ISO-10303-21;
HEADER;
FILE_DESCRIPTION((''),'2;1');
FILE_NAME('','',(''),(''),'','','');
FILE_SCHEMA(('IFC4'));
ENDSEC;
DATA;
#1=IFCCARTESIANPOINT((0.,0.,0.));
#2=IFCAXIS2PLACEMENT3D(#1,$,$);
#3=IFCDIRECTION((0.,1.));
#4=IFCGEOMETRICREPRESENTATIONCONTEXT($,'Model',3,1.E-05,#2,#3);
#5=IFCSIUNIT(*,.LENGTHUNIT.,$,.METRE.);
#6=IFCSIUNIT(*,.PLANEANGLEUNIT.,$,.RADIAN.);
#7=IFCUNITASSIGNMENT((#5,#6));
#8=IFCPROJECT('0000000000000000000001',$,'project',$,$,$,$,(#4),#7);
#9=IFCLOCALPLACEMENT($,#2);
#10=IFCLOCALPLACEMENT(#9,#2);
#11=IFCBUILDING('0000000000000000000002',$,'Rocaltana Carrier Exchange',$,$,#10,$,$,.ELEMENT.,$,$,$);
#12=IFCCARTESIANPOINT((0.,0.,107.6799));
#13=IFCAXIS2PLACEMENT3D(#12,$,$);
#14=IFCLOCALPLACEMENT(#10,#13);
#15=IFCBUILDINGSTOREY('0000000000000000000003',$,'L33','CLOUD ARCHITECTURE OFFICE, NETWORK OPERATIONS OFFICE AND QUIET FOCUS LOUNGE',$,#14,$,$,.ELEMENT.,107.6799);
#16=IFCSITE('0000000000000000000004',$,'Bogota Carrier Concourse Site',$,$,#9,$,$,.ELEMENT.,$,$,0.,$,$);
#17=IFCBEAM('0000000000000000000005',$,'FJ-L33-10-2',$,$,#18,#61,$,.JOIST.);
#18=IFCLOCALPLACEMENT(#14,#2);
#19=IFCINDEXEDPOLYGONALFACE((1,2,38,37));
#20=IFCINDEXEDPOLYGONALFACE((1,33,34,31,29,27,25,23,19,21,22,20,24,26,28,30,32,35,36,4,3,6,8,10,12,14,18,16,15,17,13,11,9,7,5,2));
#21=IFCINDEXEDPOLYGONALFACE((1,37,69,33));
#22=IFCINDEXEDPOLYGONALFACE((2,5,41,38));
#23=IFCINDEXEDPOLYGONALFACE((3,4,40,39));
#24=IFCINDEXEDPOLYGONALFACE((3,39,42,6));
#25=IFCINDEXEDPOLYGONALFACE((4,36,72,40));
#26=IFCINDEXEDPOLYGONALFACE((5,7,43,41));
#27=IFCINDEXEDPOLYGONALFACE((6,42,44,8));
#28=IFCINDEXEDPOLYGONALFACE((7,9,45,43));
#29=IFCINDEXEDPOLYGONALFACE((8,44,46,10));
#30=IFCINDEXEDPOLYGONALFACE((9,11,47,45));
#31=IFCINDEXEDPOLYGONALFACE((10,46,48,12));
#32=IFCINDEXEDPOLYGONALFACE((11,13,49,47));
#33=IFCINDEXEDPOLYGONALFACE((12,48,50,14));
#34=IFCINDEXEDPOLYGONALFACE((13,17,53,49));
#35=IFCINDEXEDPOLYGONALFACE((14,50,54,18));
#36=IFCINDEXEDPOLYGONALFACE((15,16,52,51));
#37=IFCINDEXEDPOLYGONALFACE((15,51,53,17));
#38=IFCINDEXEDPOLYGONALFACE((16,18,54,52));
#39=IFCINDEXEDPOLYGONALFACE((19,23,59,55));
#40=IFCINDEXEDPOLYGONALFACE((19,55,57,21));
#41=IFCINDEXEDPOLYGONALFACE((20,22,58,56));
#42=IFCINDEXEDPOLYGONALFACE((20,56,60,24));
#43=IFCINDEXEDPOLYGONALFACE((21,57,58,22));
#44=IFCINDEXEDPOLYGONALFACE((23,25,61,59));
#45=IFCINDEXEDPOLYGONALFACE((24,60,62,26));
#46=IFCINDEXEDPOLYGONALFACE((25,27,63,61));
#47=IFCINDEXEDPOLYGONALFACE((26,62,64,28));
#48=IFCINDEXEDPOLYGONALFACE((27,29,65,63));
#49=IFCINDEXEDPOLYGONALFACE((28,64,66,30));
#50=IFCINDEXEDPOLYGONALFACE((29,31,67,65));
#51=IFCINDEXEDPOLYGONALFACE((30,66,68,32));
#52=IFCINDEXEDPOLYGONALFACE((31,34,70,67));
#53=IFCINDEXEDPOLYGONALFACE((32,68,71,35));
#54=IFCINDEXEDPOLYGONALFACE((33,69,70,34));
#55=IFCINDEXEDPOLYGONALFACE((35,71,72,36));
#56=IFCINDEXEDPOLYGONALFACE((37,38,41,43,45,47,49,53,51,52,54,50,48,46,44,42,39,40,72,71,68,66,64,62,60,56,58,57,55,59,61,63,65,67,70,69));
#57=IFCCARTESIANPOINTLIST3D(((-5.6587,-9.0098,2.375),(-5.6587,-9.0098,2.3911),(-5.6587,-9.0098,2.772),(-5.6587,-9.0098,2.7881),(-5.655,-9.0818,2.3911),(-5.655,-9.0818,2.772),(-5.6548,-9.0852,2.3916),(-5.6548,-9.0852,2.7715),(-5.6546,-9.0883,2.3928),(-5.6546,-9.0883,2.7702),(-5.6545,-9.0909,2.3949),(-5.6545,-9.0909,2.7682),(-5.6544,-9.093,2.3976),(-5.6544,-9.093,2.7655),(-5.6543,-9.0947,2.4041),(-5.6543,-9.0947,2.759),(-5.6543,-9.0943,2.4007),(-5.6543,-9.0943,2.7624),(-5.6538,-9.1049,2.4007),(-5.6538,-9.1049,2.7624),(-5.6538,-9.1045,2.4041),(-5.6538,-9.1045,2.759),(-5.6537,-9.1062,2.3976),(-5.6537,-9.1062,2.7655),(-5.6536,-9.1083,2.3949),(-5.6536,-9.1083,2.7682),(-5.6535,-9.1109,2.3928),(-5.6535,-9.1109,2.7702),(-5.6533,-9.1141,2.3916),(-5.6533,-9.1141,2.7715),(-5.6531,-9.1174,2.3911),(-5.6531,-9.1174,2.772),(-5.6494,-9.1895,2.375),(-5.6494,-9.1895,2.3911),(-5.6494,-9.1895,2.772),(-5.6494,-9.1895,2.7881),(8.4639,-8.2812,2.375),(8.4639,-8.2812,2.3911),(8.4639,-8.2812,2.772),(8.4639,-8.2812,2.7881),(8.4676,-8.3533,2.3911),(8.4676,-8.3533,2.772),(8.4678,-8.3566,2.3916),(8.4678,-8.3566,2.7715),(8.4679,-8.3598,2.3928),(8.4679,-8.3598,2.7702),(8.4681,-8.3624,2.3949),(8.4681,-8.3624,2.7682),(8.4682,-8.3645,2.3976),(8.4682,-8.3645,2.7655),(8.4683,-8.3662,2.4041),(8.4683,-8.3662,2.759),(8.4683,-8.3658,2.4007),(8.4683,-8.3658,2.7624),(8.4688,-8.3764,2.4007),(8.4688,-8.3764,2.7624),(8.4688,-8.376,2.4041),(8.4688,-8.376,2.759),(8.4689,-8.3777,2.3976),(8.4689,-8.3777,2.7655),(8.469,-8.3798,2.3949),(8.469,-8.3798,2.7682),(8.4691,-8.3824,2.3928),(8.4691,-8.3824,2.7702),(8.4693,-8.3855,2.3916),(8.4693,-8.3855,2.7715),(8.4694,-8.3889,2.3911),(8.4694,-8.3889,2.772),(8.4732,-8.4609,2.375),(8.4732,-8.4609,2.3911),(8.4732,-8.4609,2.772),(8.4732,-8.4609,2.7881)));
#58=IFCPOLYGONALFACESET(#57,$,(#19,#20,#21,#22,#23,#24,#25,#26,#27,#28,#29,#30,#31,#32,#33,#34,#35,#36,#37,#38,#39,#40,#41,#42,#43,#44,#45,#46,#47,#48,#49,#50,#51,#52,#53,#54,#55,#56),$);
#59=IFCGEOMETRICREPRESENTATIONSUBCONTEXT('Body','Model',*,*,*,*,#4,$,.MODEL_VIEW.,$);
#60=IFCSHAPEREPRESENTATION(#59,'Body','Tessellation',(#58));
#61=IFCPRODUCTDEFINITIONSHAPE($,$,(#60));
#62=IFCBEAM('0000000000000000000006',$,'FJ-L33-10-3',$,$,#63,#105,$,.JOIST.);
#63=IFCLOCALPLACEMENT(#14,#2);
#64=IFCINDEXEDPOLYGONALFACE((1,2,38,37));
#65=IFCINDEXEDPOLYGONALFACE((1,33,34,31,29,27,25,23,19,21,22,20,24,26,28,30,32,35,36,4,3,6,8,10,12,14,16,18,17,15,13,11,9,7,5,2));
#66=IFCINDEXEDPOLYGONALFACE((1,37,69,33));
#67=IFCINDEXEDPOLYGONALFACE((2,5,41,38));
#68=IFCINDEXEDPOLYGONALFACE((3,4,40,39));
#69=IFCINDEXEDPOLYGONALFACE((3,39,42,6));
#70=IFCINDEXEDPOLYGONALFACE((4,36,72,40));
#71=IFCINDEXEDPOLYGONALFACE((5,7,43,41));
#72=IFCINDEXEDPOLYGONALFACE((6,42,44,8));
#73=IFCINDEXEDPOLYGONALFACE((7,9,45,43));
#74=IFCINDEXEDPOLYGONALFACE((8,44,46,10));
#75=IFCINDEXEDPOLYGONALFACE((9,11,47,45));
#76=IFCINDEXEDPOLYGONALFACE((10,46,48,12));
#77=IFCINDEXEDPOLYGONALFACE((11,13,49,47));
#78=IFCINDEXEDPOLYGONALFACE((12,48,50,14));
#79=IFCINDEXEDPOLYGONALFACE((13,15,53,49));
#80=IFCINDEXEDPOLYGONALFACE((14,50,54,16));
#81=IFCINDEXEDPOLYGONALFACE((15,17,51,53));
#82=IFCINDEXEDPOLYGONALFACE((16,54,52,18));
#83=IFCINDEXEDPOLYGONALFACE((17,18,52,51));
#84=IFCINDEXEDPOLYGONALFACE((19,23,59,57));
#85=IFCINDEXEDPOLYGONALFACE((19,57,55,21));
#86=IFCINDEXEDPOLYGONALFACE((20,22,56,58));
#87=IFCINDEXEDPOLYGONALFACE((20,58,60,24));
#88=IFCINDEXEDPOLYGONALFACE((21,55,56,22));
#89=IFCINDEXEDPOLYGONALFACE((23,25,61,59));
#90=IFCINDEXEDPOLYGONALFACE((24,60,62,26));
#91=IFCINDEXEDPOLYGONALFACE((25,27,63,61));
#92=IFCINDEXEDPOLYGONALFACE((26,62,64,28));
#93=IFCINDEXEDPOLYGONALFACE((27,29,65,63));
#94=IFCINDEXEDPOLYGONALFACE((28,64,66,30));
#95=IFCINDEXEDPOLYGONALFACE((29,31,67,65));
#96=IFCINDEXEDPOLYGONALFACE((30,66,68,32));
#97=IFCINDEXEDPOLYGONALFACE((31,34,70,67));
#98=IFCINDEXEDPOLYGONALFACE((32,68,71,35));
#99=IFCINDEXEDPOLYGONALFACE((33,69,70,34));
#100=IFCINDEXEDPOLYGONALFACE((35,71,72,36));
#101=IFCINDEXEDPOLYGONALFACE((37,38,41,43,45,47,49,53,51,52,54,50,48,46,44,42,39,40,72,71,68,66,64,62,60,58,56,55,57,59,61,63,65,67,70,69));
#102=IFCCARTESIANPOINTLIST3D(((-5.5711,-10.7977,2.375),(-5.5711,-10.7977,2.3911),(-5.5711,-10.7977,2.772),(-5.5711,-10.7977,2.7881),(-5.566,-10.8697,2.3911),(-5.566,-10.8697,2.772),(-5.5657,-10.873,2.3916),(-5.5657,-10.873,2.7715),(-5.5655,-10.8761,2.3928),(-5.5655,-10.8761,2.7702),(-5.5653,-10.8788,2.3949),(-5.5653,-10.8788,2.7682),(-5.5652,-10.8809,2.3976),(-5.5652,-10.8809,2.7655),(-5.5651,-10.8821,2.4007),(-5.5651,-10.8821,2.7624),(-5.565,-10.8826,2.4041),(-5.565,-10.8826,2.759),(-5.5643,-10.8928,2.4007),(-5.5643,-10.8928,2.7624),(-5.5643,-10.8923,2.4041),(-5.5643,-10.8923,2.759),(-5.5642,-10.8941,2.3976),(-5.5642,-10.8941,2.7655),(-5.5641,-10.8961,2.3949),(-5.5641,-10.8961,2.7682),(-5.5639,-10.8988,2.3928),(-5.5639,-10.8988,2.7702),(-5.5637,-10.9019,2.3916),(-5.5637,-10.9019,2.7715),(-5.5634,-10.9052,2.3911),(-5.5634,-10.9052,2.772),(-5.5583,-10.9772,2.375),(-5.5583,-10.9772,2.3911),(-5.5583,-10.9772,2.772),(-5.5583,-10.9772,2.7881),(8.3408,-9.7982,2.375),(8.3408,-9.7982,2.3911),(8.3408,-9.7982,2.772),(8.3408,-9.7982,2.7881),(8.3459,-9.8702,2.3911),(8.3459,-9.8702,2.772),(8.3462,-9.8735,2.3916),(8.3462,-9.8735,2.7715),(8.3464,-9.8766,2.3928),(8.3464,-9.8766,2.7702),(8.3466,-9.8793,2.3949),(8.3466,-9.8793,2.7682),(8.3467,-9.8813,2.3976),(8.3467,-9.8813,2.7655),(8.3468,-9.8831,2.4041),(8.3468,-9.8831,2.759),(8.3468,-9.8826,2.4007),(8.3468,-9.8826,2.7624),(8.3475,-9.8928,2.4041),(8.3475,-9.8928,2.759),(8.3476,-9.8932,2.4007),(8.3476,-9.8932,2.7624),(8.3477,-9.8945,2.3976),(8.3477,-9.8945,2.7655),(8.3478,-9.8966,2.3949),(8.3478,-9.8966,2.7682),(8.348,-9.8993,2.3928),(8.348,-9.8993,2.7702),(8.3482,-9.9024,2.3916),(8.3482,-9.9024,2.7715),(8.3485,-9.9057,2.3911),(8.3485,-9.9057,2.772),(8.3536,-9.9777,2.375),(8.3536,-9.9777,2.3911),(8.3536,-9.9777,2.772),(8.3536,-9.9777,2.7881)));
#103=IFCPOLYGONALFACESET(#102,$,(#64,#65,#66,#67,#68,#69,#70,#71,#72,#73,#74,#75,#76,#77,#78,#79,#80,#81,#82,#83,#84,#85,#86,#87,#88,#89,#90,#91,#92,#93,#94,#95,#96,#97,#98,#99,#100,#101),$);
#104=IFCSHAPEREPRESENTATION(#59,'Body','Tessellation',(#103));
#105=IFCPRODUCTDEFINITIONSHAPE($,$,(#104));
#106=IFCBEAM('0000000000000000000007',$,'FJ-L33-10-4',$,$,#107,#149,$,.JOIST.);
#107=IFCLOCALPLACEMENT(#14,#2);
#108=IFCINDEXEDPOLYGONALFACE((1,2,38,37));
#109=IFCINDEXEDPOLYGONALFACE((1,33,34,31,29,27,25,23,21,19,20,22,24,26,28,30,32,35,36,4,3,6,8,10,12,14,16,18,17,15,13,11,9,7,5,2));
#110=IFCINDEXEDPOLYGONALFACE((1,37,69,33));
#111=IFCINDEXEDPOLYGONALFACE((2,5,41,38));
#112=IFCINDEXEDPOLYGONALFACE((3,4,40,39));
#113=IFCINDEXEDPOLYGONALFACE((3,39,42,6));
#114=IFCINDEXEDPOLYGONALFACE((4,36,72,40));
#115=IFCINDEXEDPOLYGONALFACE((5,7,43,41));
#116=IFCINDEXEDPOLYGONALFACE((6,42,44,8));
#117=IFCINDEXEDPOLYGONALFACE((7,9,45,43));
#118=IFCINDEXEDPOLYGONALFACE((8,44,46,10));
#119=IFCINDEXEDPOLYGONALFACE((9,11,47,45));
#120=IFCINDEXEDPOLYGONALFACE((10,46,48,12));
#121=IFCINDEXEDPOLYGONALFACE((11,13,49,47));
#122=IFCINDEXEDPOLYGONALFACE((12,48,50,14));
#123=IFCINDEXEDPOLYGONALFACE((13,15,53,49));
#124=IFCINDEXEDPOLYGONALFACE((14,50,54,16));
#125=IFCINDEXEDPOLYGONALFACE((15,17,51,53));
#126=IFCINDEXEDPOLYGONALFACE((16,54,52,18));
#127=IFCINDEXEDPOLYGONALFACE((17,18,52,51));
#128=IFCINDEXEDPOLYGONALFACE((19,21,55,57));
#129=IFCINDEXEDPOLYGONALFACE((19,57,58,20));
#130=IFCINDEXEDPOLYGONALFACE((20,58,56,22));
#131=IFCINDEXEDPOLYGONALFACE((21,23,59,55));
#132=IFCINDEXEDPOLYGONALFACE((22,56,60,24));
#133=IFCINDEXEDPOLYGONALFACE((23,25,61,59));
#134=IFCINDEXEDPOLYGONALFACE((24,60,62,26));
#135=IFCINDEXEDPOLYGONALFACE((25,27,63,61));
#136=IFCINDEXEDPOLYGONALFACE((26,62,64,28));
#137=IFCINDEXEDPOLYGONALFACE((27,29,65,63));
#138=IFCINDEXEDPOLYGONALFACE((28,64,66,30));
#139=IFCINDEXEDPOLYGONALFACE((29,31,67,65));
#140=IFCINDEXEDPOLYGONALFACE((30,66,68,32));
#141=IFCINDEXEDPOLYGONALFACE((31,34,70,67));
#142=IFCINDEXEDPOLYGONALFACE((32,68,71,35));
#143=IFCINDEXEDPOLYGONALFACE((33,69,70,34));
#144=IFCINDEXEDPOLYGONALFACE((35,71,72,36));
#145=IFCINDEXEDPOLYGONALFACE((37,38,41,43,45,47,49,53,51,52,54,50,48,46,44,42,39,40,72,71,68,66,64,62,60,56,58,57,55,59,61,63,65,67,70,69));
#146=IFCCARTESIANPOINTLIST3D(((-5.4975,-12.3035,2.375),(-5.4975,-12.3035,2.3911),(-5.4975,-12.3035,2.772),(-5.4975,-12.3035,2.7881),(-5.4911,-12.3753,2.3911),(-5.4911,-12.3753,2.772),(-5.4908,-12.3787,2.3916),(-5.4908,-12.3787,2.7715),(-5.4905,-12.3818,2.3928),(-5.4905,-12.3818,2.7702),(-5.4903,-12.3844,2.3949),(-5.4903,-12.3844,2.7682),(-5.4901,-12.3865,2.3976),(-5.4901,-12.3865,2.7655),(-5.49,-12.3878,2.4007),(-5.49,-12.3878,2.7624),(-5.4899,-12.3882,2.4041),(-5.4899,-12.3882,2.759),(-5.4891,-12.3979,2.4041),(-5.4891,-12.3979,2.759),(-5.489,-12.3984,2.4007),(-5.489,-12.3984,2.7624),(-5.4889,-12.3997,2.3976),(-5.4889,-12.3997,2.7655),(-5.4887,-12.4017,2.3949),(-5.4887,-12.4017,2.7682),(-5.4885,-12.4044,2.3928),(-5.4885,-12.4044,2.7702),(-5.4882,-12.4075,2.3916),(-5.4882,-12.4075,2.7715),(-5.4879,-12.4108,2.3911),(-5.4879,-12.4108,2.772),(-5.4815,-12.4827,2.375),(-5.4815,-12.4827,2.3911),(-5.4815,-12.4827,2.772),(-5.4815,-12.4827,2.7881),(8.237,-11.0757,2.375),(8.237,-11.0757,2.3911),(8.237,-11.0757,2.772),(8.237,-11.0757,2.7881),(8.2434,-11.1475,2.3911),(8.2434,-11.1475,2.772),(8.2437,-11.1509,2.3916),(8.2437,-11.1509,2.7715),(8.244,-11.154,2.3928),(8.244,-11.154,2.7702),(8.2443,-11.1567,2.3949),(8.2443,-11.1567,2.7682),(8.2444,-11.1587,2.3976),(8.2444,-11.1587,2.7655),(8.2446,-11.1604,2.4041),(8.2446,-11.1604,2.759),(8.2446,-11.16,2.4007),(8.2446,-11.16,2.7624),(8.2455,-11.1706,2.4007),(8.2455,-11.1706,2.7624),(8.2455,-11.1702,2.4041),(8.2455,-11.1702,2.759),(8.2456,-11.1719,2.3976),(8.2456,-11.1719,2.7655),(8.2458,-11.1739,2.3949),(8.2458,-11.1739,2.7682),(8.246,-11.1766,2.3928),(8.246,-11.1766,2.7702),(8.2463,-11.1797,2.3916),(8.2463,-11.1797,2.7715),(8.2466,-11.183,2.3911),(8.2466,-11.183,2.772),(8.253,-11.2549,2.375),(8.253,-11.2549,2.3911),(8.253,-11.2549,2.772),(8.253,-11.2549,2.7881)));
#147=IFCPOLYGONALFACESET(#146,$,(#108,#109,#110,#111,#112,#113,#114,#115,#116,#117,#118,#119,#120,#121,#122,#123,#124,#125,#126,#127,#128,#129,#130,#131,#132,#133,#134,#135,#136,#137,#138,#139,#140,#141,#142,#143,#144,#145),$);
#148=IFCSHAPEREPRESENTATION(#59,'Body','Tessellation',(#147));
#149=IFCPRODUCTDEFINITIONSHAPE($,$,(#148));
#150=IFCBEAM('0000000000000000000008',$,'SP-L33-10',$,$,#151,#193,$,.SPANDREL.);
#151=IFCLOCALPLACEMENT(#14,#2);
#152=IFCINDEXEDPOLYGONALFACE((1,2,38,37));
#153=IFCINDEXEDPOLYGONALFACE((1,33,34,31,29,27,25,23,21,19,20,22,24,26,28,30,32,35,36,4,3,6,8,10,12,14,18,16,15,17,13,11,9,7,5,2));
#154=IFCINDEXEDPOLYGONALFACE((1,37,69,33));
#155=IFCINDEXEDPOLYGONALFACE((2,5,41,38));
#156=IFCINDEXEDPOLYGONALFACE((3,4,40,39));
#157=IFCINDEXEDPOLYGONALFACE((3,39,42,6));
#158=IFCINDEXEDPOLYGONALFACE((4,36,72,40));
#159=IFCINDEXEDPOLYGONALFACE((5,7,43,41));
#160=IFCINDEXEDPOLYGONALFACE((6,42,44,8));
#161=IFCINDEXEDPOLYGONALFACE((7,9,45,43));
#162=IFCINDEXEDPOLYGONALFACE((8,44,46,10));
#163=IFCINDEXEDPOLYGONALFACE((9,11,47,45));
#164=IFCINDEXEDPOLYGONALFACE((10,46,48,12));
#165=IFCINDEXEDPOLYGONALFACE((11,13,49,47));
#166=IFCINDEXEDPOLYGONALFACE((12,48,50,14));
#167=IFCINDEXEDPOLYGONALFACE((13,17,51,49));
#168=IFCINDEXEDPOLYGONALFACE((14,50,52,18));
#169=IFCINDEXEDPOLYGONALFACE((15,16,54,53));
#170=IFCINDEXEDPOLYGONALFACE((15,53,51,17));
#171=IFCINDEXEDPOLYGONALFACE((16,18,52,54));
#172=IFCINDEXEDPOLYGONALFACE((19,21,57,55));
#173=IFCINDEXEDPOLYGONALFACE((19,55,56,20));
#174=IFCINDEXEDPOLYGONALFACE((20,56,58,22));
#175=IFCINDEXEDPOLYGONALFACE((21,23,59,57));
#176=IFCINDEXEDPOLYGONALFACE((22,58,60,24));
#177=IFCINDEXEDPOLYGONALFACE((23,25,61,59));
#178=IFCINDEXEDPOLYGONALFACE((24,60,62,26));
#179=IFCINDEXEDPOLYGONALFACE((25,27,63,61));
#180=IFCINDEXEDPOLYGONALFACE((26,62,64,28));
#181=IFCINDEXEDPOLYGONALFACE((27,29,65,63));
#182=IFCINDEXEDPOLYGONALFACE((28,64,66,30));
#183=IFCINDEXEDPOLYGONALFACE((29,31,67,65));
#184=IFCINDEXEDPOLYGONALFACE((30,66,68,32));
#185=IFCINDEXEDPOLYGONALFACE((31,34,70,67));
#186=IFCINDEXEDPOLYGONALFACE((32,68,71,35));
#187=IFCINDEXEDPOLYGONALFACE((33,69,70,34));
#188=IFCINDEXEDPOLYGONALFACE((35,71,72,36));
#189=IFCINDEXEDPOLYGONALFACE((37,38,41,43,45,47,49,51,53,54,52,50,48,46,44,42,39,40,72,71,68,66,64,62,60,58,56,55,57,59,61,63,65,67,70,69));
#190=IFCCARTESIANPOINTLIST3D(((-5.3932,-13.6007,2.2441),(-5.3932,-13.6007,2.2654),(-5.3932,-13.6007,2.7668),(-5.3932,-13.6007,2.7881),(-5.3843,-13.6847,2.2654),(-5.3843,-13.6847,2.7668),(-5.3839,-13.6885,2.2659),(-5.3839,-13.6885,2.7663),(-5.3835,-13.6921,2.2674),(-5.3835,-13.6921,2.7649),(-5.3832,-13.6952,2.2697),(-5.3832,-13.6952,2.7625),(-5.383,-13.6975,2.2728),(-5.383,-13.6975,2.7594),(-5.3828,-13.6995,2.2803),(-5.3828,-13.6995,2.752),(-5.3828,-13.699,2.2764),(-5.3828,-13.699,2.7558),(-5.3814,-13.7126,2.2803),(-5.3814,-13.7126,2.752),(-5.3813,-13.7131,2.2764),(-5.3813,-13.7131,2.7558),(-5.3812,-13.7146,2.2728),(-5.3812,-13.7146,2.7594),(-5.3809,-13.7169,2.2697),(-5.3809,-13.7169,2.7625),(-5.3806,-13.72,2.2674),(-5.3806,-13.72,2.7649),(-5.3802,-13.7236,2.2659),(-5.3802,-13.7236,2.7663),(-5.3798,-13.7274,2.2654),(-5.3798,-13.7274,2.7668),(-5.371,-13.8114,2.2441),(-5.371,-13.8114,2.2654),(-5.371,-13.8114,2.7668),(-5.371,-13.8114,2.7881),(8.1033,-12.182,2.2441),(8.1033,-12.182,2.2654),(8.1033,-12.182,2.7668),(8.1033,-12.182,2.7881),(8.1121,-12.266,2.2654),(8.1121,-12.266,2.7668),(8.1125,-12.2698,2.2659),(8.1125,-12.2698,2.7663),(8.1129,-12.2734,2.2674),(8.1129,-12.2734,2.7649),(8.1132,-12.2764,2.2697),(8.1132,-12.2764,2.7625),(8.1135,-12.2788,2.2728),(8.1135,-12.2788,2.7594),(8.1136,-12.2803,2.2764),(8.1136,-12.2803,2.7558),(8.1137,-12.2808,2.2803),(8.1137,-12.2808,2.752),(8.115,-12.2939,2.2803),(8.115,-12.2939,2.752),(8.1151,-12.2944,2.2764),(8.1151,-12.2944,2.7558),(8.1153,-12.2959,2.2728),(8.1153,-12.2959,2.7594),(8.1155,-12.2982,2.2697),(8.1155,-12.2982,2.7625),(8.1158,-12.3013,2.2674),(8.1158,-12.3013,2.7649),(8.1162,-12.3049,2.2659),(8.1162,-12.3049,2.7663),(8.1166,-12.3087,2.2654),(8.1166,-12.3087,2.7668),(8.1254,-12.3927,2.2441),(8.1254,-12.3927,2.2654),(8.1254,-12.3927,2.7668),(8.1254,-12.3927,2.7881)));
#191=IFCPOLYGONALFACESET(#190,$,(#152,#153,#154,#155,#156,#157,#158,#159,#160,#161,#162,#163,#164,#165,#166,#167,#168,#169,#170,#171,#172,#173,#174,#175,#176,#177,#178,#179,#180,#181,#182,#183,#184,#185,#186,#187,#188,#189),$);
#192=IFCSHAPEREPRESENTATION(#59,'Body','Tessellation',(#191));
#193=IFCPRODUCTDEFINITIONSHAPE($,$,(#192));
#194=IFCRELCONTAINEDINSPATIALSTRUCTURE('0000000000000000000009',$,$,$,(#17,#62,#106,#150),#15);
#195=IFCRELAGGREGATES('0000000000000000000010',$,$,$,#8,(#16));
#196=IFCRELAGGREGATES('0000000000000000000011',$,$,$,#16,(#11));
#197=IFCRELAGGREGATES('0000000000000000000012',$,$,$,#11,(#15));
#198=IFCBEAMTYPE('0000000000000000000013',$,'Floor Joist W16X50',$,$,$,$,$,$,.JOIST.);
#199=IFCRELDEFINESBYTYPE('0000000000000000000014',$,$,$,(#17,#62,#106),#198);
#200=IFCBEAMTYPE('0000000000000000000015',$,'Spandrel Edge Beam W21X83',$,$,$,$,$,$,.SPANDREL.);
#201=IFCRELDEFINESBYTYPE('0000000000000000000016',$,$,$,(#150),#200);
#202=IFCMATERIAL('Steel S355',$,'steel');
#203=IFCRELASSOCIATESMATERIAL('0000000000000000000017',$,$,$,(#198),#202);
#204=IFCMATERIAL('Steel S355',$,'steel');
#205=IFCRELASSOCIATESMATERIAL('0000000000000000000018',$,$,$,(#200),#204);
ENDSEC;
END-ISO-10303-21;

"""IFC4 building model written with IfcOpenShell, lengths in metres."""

from ifc_helpers import new_model, si_unit, direction, frame, origin, origin_2d, place, context, subcontext, project, spatial, i_section, extrude, material, material_profile, profile_set, type_object, element, save


model = new_model("IFC4")

# Units and contexts
model_context = context("Model", 3, precision=1e-05, world=origin(), true_north=direction((0.0, 1.0)))
body_context = subcontext(model_context, "Body", "Model", "MODEL_VIEW")
ifc_project = project(units=[si_unit("LENGTHUNIT", "METRE"), si_unit("PLANEANGLEUNIT", "RADIAN")], contexts=[model_context])

# Site, building, storey
site_placement = place(None, origin())
site = spatial("IfcSite", under=ifc_project, at=site_placement, Name="Bogota Carrier Concourse Site", CompositionType="ELEMENT", RefElevation=0.0)
building_placement = place(site_placement, origin())
building = spatial("IfcBuilding", under=site, at=building_placement, Name="Rocaltana Carrier Exchange", CompositionType="ELEMENT")
storey_placement = place(building_placement, frame((0.0, 0.0, 107.6799)))
storey = spatial("IfcBuildingStorey", under=building, at=storey_placement, Name="L33", Description="CLOUD ARCHITECTURE OFFICE, NETWORK OPERATIONS OFFICE AND QUIET FOCUS LOUNGE", CompositionType="ELEMENT", Elevation=107.6799)

# Beams
ifc_material_1 = material(Name="Steel S355", Category="steel")
ifc_material_profile_1 = material_profile(ifc_material_1, i_section(OverallWidth=0.1799, OverallDepth=0.4131, WebThickness=0.0098, FlangeThickness=0.0161, FilletRadius=0.0129, at=origin_2d()), Name="W16X50")
ifc_profile_set_1 = profile_set([ifc_material_profile_1], Name="Steel S355")
beam_type_1 = type_object("IfcBeamType", Name="Floor Joist W16X50", PredefinedType="JOIST", material=ifc_profile_set_1)
beam_1_placement = place(storey_placement, frame((-5.6541, -9.0996, 2.5815), z_axis=(0.998672, 0.051517, 0.0), x_axis=(-0.051517, 0.998672, 0.0)))
element("IfcBeam", 1, at=beam_1_placement, inside=storey, type_object=beam_type_1, Name="FJ-L33-10-2", PredefinedType="JOIST", context=body_context, shape_type="SweptSolid", body=[
    extrude(i_section(OverallWidth=0.1799, OverallDepth=0.4131, WebThickness=0.0098, FlangeThickness=0.0161, FilletRadius=0.0129, at=origin_2d()), origin(), (0.0, 0.0, 1.0), 14.1414),
])
beam_2_placement = place(storey_placement, frame((-5.5647, -10.8875, 2.5815), z_axis=(0.997429, 0.071661, 0.0), x_axis=(-0.071661, 0.997429, 0.0)))
element("IfcBeam", 2, at=beam_2_placement, inside=storey, type_object=beam_type_1, Name="FJ-L33-10-3", PredefinedType="JOIST", context=body_context, shape_type="SweptSolid", body=[
    extrude(i_section(OverallWidth=0.1799, OverallDepth=0.4131, WebThickness=0.0098, FlangeThickness=0.0161, FilletRadius=0.0129, at=origin_2d()), origin(), (0.0, 0.0, 1.0), 13.9478),
])
beam_3_placement = place(storey_placement, frame((-5.4895, -12.3931, 2.5815), z_axis=(0.996028, 0.089038, 0.0), x_axis=(-0.089038, 0.996028, 0.0)))
element("IfcBeam", 3, at=beam_3_placement, inside=storey, type_object=beam_type_1, Name="FJ-L33-10-4", PredefinedType="JOIST", context=body_context, shape_type="SweptSolid", body=[
    extrude(i_section(OverallWidth=0.1799, OverallDepth=0.4131, WebThickness=0.0098, FlangeThickness=0.0161, FilletRadius=0.0129, at=origin_2d()), origin(), (0.0, 0.0, 1.0), 13.7893),
])
ifc_material_2 = material(Name="Steel S355", Category="steel")
ifc_material_profile_2 = material_profile(ifc_material_2, i_section(OverallWidth=0.2119, OverallDepth=0.5439, WebThickness=0.0132, FlangeThickness=0.0212, FilletRadius=0.0149, at=origin_2d()), Name="W21X83")
ifc_profile_set_2 = profile_set([ifc_material_profile_2], Name="Steel S355")
beam_type_2 = type_object("IfcBeamType", Name="Spandrel Edge Beam W21X83", PredefinedType="SPANDREL", material=ifc_profile_set_2)
beam_4_placement = place(storey_placement, frame((-5.3821, -13.7061, 2.5161), z_axis=(0.994521, 0.104542, 0.0), x_axis=(-0.104542, 0.994521, 0.0)))
element("IfcBeam", 4, at=beam_4_placement, inside=storey, type_object=beam_type_2, Name="SP-L33-10", PredefinedType="SPANDREL", context=body_context, shape_type="SweptSolid", body=[
    extrude(i_section(OverallWidth=0.2119, OverallDepth=0.5439, WebThickness=0.0132, FlangeThickness=0.0212, FilletRadius=0.0149, at=origin_2d()), origin(), (0.0, 0.0, 1.0), 13.5708),
])

save(model, "model.ifc")
